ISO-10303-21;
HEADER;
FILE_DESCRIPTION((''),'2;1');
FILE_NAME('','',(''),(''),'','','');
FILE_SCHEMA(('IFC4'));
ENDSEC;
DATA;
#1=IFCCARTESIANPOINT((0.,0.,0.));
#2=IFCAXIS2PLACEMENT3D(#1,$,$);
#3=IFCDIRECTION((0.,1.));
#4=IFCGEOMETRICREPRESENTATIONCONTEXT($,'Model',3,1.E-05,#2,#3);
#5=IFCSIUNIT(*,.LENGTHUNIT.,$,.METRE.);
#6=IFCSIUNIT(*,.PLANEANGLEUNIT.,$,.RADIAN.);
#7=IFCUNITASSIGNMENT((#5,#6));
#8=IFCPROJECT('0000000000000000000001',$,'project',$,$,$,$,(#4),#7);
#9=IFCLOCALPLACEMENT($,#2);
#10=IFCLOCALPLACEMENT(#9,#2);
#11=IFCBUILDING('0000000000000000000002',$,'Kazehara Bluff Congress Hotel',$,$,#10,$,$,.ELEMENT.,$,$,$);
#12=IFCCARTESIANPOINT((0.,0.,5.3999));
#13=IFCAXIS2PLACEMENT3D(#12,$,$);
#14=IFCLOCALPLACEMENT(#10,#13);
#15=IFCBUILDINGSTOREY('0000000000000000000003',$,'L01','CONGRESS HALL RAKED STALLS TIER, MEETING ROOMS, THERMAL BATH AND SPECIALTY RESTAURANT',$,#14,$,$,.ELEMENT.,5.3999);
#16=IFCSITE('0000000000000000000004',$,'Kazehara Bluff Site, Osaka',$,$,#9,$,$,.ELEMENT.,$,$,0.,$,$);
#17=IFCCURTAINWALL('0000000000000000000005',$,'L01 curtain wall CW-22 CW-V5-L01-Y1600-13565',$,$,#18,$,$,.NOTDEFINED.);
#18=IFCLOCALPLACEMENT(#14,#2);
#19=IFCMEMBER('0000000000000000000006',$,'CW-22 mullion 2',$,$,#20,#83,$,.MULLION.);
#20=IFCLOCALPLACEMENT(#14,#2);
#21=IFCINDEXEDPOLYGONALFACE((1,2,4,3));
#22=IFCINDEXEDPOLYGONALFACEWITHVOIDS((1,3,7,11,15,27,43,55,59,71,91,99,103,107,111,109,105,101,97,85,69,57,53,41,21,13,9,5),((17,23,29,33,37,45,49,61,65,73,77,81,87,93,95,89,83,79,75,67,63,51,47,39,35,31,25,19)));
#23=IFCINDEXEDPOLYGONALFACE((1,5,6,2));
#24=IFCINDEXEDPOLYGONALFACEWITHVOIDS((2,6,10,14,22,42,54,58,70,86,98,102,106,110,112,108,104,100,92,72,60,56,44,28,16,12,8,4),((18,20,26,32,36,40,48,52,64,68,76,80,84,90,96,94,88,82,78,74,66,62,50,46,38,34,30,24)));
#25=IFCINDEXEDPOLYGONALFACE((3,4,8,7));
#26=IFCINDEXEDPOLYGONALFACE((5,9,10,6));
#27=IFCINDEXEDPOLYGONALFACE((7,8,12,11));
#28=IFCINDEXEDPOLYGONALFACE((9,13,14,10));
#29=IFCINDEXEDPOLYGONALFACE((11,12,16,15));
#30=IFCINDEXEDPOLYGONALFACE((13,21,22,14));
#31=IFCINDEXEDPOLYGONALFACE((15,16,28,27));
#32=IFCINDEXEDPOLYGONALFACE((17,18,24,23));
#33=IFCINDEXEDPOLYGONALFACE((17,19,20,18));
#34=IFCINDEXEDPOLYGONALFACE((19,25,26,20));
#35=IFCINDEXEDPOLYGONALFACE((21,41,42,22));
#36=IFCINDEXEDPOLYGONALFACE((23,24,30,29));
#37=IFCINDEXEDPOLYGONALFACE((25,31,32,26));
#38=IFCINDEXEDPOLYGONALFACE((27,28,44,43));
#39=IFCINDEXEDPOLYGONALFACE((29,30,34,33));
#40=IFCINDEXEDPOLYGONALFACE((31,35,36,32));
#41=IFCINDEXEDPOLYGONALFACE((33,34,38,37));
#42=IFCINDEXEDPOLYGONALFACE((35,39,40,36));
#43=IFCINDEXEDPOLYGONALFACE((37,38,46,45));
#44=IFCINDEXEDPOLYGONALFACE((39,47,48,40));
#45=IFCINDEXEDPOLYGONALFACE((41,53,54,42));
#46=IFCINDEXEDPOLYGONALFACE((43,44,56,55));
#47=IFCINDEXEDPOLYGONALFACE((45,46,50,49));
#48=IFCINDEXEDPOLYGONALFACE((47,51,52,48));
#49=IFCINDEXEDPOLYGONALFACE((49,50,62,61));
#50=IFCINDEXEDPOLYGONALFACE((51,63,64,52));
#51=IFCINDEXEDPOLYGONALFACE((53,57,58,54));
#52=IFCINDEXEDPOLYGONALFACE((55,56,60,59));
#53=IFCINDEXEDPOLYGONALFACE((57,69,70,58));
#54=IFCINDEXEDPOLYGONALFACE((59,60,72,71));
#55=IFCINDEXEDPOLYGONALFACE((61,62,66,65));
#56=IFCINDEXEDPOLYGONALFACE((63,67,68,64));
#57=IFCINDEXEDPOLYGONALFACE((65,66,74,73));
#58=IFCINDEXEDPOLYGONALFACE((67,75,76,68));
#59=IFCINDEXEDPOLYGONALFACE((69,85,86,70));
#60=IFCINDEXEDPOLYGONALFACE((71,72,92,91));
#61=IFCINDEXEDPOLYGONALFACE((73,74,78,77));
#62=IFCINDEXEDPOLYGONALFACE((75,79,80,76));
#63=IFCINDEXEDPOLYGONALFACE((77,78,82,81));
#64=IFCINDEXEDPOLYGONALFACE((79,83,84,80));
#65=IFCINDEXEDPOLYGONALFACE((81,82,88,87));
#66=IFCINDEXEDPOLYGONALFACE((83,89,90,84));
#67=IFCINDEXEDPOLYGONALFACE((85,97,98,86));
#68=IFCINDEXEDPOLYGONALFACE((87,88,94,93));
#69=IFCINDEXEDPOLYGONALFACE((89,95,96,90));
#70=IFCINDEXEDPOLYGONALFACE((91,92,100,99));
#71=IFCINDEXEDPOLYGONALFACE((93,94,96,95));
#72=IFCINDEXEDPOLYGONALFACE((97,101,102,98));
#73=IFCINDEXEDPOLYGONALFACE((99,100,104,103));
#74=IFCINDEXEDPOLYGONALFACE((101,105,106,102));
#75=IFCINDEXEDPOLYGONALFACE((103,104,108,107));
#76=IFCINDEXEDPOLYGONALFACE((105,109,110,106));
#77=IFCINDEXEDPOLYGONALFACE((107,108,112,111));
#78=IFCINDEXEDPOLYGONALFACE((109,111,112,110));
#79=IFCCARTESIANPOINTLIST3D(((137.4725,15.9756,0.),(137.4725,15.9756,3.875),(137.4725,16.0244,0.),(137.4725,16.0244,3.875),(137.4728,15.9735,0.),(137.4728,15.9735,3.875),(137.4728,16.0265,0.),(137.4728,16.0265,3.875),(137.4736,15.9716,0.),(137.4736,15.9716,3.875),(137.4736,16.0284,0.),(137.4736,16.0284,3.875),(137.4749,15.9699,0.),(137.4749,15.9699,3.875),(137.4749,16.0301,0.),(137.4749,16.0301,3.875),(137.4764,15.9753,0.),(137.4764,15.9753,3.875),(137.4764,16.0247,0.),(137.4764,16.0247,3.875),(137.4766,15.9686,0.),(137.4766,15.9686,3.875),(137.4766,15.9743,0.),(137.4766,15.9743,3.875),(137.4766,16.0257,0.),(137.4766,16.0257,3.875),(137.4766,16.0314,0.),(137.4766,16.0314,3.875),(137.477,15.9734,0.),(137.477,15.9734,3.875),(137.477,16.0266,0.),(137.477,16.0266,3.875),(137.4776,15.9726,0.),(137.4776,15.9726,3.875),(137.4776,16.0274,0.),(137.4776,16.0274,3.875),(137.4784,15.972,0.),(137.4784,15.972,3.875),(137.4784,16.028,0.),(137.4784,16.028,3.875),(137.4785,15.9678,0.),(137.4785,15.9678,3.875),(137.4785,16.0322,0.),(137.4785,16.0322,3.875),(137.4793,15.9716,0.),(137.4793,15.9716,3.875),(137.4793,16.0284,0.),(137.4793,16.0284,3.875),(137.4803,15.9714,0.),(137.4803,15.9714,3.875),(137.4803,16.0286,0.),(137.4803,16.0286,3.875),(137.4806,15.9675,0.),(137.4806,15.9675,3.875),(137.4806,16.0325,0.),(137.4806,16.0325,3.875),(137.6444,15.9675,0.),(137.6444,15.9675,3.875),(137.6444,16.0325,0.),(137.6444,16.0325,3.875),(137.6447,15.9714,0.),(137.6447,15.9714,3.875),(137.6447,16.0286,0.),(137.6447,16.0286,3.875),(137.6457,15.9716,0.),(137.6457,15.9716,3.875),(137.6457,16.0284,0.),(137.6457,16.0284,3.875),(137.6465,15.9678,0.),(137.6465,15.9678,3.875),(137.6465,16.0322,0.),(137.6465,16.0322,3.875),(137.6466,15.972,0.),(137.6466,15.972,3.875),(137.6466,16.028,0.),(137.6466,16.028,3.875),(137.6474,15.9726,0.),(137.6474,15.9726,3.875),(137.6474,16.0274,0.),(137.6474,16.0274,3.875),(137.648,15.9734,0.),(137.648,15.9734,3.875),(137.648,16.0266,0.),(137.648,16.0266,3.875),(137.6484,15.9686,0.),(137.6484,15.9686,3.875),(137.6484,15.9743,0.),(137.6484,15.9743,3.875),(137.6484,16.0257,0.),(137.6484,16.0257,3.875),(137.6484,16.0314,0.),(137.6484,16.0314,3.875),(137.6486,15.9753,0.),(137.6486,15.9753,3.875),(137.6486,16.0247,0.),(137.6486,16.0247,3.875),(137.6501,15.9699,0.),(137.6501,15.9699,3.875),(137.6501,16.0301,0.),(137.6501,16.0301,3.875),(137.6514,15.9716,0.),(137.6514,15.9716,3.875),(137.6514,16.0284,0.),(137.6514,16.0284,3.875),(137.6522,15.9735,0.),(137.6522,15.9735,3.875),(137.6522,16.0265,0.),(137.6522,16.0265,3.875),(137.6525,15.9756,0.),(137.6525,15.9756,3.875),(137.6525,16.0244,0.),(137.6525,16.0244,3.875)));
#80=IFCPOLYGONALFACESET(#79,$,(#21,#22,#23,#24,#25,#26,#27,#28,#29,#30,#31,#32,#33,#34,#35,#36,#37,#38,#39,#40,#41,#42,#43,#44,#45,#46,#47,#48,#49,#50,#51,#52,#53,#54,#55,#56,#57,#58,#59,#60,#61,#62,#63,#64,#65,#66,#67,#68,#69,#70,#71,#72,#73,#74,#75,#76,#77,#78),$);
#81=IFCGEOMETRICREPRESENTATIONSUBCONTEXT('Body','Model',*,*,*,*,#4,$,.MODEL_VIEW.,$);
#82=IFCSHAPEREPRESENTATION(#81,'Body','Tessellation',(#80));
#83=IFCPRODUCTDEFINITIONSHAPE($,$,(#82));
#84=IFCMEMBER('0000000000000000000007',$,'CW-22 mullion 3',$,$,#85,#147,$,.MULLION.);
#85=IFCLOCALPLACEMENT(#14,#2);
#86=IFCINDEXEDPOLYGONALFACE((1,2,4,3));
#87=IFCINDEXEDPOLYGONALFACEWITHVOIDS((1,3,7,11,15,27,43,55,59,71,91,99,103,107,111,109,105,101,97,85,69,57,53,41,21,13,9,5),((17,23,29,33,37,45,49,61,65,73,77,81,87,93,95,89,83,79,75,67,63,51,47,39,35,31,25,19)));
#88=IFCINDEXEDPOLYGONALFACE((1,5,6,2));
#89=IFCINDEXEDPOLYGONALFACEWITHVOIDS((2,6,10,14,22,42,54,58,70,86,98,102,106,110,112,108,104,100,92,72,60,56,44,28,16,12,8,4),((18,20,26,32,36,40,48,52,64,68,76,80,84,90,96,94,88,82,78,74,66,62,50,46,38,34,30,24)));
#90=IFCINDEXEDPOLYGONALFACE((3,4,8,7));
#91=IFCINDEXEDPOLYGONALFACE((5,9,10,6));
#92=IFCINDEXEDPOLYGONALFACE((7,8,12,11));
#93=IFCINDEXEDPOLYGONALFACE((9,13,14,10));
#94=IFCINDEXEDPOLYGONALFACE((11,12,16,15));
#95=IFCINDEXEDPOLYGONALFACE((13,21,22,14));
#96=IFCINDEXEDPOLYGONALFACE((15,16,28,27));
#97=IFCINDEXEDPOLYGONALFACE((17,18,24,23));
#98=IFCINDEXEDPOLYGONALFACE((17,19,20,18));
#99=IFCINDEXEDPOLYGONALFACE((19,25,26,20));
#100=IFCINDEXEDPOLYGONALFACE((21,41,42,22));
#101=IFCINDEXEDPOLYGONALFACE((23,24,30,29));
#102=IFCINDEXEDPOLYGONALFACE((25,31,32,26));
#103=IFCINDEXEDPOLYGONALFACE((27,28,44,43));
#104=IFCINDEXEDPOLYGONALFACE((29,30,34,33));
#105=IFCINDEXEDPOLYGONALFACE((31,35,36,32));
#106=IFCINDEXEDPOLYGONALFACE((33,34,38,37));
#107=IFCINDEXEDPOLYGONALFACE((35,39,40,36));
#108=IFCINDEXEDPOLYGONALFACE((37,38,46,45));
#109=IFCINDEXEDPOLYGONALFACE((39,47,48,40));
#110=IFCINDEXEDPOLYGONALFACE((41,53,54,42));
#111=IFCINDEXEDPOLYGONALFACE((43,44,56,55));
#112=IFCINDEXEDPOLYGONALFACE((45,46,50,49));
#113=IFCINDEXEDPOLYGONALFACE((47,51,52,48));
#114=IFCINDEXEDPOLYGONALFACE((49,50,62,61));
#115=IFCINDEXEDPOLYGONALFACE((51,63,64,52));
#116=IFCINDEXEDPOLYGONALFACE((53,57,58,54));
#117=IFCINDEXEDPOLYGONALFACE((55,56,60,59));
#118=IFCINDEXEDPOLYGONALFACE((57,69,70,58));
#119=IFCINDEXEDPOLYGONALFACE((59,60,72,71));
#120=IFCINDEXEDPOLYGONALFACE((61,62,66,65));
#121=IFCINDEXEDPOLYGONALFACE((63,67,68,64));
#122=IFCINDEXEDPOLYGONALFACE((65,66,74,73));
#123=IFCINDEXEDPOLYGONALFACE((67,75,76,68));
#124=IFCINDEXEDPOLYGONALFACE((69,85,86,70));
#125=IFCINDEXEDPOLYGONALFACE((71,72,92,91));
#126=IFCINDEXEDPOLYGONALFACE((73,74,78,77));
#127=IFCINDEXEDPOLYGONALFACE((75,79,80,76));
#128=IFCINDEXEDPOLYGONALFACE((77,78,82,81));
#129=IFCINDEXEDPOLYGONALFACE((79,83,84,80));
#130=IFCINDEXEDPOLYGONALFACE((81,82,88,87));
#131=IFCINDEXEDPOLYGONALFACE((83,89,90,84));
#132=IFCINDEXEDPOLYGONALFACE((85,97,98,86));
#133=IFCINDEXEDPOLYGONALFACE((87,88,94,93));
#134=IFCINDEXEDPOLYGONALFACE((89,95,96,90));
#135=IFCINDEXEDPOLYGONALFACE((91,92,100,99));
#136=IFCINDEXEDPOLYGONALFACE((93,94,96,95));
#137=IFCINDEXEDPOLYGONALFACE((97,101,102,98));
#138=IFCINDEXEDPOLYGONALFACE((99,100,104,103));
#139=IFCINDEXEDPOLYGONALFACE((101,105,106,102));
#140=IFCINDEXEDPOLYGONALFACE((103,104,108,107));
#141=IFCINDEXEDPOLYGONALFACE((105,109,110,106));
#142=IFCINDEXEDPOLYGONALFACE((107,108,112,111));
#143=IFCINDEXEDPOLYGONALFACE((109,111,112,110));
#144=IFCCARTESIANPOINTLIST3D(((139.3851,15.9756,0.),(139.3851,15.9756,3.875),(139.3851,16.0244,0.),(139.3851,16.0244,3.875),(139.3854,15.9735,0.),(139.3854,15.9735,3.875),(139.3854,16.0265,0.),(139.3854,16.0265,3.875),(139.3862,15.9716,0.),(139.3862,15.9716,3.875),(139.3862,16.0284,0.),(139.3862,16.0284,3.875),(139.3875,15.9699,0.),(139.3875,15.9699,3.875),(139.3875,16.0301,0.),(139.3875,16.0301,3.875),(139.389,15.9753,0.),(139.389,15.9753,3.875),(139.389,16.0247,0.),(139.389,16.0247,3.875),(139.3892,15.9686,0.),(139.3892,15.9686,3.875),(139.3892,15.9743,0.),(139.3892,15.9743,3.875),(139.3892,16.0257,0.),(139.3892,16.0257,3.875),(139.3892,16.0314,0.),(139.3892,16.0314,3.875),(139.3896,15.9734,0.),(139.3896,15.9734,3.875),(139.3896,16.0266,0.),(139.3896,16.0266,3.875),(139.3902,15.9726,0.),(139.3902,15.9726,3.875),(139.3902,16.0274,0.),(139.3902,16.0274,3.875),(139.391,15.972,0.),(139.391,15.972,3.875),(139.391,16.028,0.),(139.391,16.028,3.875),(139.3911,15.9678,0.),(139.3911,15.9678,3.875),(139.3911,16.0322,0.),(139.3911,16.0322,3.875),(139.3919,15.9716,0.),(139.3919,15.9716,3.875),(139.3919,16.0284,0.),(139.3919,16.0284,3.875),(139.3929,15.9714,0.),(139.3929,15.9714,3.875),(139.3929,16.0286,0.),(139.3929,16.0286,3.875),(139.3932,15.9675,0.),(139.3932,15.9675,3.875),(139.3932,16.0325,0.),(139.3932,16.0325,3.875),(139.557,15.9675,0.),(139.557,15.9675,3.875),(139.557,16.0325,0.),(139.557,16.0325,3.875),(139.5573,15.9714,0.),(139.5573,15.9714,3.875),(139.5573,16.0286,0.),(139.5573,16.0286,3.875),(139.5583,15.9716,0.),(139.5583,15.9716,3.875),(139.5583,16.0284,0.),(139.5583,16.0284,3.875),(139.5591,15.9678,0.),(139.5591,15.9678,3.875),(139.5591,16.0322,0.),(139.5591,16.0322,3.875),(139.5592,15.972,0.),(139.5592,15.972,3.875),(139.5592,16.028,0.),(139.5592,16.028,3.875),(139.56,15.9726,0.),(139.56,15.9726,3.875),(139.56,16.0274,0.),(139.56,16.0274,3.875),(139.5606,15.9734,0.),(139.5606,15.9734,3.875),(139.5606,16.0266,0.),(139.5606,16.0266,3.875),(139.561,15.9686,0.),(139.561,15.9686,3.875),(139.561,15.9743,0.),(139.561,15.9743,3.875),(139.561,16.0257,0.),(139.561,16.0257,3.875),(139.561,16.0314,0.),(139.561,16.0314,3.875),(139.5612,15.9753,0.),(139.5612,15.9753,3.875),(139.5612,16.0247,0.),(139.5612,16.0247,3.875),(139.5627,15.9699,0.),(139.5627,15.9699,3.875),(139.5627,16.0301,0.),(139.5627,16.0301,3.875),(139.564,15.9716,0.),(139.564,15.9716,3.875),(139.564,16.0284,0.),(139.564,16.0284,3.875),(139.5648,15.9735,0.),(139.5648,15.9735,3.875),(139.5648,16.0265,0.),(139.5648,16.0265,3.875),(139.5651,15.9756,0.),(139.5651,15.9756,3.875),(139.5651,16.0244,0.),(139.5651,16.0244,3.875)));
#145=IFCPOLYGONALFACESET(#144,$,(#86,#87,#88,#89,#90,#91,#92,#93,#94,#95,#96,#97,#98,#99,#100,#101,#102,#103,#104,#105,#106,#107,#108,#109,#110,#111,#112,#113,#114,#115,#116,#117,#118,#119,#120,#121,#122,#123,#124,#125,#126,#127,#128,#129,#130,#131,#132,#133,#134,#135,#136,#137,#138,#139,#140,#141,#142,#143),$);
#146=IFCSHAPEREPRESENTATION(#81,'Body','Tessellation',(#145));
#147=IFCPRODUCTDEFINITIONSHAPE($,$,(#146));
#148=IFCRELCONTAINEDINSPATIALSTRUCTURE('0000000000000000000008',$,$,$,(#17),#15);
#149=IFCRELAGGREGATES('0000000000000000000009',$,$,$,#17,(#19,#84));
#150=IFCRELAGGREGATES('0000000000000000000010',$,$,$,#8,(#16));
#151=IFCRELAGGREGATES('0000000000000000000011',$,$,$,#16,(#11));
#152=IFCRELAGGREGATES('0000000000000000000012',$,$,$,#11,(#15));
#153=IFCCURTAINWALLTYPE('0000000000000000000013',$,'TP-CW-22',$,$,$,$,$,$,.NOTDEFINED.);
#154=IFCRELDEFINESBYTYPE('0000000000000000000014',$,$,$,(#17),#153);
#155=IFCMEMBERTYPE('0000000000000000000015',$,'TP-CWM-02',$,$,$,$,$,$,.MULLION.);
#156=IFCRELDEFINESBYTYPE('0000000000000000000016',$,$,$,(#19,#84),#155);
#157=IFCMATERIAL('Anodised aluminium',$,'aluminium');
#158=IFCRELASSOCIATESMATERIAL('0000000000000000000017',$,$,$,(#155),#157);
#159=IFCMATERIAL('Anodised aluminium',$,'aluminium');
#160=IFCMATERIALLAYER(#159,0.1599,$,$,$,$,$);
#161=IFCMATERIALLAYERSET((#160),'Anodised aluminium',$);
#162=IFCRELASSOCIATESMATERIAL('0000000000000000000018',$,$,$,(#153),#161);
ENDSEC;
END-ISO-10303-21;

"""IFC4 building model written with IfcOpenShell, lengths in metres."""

from ifc_helpers import new_model, si_unit, direction, frame, origin, origin_2d, place, context, subcontext, project, spatial, hollow_rectangle, extrude, material, layer, layer_set, material_profile, profile_set, type_object, element, aggregate, save


model = new_model("IFC4")

# Units and contexts
model_context = context("Model", 3, precision=1e-05, world=origin(), true_north=direction((0.0, 1.0)))
body_context = subcontext(model_context, "Body", "Model", "MODEL_VIEW")
ifc_project = project(units=[si_unit("LENGTHUNIT", "METRE"), si_unit("PLANEANGLEUNIT", "RADIAN")], contexts=[model_context])

# Site, building, storey
site_placement = place(None, origin())
site = spatial("IfcSite", under=ifc_project, at=site_placement, Name="Kazehara Bluff Site, Osaka", CompositionType="ELEMENT", RefElevation=0.0)
building_placement = place(site_placement, origin())
building = spatial("IfcBuilding", under=site, at=building_placement, Name="Kazehara Bluff Congress Hotel", CompositionType="ELEMENT")
storey_placement = place(building_placement, frame((0.0, 0.0, 5.3999)))
storey = spatial("IfcBuildingStorey", under=building, at=storey_placement, Name="L01", Description="CONGRESS HALL RAKED STALLS TIER, MEETING ROOMS, THERMAL BATH AND SPECIALTY RESTAURANT", CompositionType="ELEMENT", Elevation=5.3999)

# Curtain wall, members
ifc_material_1 = material(Name="Anodised aluminium", Category="aluminium")
ifc_material_profile_1 = material_profile(ifc_material_1, hollow_rectangle(XDim=0.0649, YDim=0.1799, WallThickness=0.0039, InnerFilletRadius=0.0039, OuterFilletRadius=0.0081, at=origin_2d()))
ifc_profile_set_1 = profile_set([ifc_material_profile_1], Name="Anodised aluminium")
member_type_1 = type_object("IfcMemberType", Name="TP-CWM-02", PredefinedType="MULLION", material=ifc_profile_set_1)
ifc_material_2 = material(Name="Anodised aluminium", Category="aluminium")
ifc_layer_1 = layer(ifc_material_2, 0.1599)
ifc_layer_set_1 = layer_set([ifc_layer_1], Name="Anodised aluminium")
curtain_wall_type_1 = type_object("IfcCurtainWallType", Name="TP-CW-22", PredefinedType="NOTDEFINED", material=ifc_layer_set_1)
curtain_wall_1_placement = place(storey_placement, origin())
curtain_wall_1 = element("IfcCurtainWall", 1, at=curtain_wall_1_placement, inside=storey, type_object=curtain_wall_type_1, Name="L01 curtain wall CW-22 CW-V5-L01-Y1600-13565", PredefinedType="NOTDEFINED")
member_1_placement = place(storey_placement, frame((137.5625, 16.0, 0.0), z_axis=(0.0, 0.0, 1.0), x_axis=(0.0, 1.0, 0.0)))
member_1 = element("IfcMember", 2, at=member_1_placement, type_object=member_type_1, Name="CW-22 mullion 2", PredefinedType="MULLION", context=body_context, shape_type="SweptSolid", body=[
    extrude(hollow_rectangle(XDim=0.0649, YDim=0.1799, WallThickness=0.0039, InnerFilletRadius=0.0039, OuterFilletRadius=0.0081, at=origin_2d()), origin(), (0.0, 0.0, 1.0), 3.875),
])
member_2_placement = place(storey_placement, frame((139.4751, 16.0, 0.0), z_axis=(0.0, 0.0, 1.0), x_axis=(0.0, 1.0, 0.0)))
member_2 = element("IfcMember", 3, at=member_2_placement, type_object=member_type_1, Name="CW-22 mullion 3", PredefinedType="MULLION", context=body_context, shape_type="SweptSolid", body=[
    extrude(hollow_rectangle(XDim=0.0649, YDim=0.1799, WallThickness=0.0039, InnerFilletRadius=0.0039, OuterFilletRadius=0.0081, at=origin_2d()), origin(), (0.0, 0.0, 1.0), 3.875),
])

aggregate(curtain_wall_1, [member_1, member_2])

save(model, "model.ifc")
